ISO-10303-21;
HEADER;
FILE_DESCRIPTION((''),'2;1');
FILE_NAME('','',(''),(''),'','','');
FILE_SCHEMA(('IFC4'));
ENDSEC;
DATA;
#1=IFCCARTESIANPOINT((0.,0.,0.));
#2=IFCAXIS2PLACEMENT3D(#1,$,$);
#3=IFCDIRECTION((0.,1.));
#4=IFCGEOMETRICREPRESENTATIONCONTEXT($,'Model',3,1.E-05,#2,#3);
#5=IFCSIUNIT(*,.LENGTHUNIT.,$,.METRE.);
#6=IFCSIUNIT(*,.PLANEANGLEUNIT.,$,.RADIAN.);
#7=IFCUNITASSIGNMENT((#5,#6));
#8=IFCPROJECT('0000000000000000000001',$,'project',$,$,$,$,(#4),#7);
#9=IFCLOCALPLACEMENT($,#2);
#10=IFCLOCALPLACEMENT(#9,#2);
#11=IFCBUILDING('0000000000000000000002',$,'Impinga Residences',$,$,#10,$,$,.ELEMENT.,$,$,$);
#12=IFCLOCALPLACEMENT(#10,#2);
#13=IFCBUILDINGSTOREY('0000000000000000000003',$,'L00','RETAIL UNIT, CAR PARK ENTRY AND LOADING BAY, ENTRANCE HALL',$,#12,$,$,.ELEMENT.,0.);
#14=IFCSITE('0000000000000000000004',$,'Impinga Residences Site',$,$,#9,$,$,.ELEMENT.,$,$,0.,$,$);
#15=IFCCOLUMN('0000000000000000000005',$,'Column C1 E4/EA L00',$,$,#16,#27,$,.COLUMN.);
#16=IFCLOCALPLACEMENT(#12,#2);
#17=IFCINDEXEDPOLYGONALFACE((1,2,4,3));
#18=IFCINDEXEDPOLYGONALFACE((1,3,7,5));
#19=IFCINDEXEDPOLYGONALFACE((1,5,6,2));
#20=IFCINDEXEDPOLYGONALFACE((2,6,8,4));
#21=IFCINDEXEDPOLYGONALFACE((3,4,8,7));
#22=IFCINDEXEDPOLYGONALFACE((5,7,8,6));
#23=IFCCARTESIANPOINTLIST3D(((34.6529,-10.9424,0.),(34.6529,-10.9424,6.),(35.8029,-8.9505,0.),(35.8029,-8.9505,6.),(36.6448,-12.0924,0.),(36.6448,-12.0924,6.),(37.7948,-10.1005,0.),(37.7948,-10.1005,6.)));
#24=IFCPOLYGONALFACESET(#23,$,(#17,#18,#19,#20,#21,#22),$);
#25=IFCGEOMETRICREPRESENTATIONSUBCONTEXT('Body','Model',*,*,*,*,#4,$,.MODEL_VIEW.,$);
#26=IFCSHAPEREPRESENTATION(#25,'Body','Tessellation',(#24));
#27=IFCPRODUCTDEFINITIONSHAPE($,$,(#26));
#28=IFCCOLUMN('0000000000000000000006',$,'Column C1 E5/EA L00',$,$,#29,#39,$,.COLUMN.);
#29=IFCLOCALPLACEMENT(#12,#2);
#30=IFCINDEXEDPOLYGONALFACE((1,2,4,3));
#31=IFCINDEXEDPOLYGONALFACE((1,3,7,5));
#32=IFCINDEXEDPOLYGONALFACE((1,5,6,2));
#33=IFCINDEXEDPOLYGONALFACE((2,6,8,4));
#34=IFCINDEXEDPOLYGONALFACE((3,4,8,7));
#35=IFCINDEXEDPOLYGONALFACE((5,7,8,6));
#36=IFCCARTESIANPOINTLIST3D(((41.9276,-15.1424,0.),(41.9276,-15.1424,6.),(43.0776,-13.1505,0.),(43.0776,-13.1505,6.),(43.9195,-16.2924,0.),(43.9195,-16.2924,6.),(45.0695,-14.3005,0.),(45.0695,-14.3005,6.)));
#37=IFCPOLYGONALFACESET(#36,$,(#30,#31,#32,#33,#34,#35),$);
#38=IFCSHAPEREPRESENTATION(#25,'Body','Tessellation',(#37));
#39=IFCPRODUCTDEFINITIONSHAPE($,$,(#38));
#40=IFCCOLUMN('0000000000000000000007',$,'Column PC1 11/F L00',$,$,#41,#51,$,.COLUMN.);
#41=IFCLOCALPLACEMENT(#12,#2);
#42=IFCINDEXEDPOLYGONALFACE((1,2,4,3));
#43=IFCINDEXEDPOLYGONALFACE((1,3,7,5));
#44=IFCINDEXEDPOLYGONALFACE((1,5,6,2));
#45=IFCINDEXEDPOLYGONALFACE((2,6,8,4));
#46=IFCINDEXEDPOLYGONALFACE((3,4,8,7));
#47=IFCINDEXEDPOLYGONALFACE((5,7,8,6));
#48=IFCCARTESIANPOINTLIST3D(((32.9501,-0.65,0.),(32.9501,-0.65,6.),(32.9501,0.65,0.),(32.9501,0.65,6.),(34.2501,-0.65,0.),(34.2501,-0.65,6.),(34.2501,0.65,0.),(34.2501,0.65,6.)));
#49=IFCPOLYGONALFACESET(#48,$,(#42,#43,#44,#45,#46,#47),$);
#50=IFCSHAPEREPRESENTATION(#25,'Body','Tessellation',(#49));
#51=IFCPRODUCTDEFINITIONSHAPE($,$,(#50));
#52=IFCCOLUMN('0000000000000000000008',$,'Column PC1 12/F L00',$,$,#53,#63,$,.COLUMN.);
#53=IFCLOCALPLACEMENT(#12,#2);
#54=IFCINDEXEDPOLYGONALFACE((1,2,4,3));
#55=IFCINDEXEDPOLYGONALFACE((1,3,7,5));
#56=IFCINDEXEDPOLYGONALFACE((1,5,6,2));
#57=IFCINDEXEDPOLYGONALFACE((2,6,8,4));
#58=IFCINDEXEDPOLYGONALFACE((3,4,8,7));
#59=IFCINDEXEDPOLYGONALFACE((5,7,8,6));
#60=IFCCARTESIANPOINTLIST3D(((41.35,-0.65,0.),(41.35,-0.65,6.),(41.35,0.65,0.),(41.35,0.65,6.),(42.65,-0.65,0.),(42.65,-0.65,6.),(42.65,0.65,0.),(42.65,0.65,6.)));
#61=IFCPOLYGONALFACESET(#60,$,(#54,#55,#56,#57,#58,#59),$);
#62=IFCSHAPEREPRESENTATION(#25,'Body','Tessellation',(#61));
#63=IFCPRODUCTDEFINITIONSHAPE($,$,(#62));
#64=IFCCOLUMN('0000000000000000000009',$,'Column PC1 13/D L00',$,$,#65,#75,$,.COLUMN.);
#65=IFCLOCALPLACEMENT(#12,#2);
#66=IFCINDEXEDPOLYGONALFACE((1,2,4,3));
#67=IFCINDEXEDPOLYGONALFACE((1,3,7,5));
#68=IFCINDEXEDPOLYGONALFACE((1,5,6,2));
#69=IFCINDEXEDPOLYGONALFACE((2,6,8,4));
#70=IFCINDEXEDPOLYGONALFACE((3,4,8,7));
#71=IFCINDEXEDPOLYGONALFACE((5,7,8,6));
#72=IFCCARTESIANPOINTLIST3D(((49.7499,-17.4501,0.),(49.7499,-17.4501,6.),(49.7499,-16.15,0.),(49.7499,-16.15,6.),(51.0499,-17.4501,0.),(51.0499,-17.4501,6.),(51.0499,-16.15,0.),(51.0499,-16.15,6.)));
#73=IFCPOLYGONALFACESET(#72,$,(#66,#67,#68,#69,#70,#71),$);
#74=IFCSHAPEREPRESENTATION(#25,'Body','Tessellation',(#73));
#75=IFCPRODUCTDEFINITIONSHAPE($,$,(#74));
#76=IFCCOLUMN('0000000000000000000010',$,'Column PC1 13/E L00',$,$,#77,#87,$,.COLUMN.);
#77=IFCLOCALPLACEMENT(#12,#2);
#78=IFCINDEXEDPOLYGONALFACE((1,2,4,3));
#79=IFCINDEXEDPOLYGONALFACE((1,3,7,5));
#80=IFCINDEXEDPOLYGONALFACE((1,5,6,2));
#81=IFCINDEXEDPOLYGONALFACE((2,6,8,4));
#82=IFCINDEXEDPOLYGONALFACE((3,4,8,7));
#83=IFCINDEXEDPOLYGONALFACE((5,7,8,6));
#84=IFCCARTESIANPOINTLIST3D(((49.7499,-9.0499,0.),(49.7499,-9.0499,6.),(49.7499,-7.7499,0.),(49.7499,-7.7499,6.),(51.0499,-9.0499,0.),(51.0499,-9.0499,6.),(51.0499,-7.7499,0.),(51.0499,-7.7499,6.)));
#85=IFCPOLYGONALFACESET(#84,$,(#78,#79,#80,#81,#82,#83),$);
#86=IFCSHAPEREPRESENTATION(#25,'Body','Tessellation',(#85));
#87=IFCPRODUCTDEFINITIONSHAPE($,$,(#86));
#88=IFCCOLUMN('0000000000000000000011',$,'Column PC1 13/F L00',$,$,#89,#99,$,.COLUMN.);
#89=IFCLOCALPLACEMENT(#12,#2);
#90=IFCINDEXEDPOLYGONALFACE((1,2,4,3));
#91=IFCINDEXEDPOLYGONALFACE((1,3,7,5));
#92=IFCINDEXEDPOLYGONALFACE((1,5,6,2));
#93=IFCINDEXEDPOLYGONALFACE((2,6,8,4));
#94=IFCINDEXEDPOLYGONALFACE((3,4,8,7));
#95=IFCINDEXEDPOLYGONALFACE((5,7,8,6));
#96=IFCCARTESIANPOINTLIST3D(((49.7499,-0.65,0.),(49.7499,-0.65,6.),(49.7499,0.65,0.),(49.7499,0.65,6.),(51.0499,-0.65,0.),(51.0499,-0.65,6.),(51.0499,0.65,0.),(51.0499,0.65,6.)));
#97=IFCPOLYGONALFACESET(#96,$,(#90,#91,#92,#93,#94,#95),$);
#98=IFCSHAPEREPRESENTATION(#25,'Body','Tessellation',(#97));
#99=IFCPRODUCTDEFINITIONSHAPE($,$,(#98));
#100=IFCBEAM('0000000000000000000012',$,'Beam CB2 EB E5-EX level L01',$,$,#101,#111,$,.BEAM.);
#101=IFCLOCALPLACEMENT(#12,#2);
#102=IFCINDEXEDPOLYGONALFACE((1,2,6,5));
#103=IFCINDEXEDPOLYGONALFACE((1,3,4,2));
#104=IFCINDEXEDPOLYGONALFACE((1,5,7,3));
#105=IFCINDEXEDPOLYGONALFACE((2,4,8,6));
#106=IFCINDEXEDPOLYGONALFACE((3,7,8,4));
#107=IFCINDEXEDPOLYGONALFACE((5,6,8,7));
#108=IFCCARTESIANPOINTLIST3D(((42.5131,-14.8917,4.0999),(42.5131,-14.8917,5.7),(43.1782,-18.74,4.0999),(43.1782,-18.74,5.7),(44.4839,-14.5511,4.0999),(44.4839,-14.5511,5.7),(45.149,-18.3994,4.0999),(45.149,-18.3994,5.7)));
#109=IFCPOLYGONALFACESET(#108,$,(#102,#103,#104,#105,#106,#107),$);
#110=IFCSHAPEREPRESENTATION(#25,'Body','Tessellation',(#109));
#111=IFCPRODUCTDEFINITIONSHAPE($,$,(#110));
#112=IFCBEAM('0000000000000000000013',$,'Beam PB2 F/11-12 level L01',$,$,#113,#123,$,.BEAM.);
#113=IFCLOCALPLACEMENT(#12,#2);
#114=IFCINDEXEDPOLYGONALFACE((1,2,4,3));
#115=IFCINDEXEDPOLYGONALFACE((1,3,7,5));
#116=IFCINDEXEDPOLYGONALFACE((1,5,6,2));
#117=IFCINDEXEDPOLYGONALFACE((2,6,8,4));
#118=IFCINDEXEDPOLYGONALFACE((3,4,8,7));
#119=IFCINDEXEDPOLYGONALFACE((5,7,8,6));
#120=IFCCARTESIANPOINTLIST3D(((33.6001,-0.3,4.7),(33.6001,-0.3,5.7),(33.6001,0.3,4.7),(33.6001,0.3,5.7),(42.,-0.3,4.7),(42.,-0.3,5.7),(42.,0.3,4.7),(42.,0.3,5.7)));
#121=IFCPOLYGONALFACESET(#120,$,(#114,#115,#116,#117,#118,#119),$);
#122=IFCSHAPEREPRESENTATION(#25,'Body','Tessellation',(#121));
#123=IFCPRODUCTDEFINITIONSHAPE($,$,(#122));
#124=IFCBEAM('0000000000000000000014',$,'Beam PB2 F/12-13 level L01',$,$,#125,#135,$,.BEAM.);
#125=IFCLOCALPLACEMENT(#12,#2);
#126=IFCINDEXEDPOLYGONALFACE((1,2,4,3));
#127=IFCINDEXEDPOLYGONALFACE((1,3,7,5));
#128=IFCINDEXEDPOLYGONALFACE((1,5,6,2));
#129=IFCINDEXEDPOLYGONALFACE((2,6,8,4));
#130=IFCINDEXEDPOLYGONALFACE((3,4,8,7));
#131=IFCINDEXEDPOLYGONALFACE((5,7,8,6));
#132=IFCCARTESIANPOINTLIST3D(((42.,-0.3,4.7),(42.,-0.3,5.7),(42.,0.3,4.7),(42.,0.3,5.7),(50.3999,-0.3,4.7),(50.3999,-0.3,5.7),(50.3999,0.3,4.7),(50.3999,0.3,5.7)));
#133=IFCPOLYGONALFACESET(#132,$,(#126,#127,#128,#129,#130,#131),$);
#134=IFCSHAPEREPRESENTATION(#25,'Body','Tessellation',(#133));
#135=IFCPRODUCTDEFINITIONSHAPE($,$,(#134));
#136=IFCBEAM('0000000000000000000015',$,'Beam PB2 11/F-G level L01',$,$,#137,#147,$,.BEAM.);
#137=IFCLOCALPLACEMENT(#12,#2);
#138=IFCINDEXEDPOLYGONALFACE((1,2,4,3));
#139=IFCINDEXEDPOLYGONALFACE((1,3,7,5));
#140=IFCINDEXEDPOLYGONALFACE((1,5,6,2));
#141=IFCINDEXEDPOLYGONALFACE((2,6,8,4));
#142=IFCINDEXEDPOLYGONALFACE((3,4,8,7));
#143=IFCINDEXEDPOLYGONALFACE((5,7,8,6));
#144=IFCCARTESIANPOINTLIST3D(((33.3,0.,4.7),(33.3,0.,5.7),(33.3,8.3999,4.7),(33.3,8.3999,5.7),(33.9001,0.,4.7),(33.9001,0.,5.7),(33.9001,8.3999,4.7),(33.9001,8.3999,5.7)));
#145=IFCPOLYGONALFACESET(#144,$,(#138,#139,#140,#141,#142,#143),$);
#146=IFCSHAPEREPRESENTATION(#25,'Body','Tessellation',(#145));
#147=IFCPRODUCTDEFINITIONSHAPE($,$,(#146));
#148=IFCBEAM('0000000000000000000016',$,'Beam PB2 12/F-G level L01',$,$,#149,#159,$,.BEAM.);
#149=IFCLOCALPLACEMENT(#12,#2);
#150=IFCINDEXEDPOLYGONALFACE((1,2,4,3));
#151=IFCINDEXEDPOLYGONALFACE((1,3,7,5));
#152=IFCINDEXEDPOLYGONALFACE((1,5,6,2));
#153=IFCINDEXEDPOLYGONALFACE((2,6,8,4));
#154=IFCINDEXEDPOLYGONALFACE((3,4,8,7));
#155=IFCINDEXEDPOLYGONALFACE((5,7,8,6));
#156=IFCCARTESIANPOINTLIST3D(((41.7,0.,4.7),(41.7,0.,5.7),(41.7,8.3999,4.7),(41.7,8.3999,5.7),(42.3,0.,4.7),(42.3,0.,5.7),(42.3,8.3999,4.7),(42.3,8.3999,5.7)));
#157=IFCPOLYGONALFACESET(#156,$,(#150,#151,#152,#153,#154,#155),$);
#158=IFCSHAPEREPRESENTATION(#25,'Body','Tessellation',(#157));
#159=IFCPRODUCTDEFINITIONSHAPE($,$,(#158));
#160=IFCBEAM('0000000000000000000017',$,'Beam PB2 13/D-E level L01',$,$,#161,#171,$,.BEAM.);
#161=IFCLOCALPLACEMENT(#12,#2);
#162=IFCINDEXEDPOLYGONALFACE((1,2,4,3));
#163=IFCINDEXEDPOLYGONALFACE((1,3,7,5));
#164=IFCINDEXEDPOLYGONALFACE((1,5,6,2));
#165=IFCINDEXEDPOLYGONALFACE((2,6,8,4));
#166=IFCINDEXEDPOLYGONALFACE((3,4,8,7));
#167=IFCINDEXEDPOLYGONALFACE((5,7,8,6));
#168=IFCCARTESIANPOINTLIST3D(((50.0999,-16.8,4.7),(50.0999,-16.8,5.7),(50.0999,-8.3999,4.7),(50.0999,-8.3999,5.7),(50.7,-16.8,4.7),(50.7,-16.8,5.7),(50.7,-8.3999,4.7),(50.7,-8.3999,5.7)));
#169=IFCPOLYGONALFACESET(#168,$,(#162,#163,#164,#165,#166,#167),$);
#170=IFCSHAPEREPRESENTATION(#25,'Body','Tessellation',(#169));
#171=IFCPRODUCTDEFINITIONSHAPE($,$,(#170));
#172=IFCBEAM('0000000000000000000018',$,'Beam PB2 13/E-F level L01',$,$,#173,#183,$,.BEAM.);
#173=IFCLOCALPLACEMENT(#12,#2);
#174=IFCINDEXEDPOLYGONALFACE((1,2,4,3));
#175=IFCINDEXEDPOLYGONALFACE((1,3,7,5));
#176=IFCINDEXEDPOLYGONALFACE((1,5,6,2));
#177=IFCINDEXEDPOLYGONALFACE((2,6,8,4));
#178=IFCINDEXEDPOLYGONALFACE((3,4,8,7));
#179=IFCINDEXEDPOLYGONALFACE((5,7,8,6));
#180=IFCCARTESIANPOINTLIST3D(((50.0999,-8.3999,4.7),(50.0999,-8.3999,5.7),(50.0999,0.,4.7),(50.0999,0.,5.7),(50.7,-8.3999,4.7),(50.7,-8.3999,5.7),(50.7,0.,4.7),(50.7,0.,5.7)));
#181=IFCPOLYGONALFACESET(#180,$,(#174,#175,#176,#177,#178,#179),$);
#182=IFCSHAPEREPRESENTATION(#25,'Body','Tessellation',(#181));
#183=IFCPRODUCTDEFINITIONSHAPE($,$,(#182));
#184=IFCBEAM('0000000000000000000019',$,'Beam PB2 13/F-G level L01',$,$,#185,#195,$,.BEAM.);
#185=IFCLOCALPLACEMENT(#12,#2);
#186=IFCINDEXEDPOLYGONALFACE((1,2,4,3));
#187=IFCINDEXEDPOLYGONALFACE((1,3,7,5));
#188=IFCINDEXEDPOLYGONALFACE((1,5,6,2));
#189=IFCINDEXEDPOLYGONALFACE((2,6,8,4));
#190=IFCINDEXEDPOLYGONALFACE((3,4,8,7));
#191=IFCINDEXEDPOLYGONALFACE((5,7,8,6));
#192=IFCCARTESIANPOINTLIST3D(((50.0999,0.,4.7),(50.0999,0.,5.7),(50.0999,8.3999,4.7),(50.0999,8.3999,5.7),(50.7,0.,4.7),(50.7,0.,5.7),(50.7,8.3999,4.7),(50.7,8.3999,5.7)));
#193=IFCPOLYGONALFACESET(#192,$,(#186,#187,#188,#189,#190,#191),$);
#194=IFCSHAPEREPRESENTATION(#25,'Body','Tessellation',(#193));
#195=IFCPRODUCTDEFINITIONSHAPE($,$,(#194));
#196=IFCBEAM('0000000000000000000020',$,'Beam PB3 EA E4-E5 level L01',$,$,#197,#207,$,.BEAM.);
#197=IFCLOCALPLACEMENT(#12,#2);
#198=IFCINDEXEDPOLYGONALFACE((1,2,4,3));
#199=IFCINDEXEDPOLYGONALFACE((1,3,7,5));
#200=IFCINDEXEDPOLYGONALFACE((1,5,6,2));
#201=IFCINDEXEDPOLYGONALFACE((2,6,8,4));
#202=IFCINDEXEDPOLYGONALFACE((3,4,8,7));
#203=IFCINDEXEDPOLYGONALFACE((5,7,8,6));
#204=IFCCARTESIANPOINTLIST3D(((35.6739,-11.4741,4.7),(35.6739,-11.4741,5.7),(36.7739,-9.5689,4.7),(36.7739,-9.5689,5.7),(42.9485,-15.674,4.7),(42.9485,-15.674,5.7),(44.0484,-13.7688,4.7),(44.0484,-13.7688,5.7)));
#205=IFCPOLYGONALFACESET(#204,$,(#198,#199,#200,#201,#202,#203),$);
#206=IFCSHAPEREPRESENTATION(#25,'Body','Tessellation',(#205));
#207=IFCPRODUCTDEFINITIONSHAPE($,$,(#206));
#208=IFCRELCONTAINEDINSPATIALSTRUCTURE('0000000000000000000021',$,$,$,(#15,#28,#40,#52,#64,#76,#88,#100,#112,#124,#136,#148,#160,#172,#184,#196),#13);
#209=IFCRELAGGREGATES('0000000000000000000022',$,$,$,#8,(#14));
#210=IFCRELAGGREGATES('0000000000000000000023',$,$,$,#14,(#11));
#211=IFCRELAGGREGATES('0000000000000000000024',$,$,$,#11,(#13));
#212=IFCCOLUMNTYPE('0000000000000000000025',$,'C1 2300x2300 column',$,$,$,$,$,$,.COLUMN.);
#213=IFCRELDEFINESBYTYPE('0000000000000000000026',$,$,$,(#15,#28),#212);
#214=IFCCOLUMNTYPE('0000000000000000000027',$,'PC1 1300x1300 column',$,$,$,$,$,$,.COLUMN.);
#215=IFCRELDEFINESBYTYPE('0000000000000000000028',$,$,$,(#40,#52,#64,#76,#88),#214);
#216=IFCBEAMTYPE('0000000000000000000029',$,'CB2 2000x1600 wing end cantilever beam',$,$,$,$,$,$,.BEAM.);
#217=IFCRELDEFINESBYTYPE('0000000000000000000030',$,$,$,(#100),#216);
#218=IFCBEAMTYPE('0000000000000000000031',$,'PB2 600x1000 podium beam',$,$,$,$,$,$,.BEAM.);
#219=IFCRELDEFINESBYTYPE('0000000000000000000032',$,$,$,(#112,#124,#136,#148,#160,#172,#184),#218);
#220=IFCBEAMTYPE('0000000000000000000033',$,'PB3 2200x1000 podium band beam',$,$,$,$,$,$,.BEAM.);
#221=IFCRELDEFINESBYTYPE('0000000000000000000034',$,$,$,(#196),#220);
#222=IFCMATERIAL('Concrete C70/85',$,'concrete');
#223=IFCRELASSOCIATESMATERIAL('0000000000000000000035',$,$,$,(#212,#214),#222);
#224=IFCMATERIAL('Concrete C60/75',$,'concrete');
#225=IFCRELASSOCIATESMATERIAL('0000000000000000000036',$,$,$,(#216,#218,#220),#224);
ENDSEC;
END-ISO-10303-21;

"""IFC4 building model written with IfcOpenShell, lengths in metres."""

from ifc_helpers import new_model, si_unit, direction, frame, origin, origin_2d, place, context, subcontext, project, spatial, rectangle, extrude, material, material_profile, profile_set, type_object, element, save


model = new_model("IFC4")

# Units and contexts
model_context = context("Model", 3, precision=1e-05, world=origin(), true_north=direction((0.0, 1.0)))
body_context = subcontext(model_context, "Body", "Model", "MODEL_VIEW")
ifc_project = project(units=[si_unit("LENGTHUNIT", "METRE"), si_unit("PLANEANGLEUNIT", "RADIAN")], contexts=[model_context])

# Site, building, storey
site_placement = place(None, origin())
site = spatial("IfcSite", under=ifc_project, at=site_placement, Name="Impinga Residences Site", CompositionType="ELEMENT", RefElevation=0.0)
building_placement = place(site_placement, origin())
building = spatial("IfcBuilding", under=site, at=building_placement, Name="Impinga Residences", CompositionType="ELEMENT")
storey_placement = place(building_placement, origin())
storey = spatial("IfcBuildingStorey", under=building, at=storey_placement, Name="L00", Description="RETAIL UNIT, CAR PARK ENTRY AND LOADING BAY, ENTRANCE HALL", CompositionType="ELEMENT", Elevation=0.0)

# Columns
ifc_material_1 = material(Name="Concrete C70/85", Category="concrete")
ifc_material_profile_1 = material_profile(ifc_material_1, rectangle(XDim=2.3, YDim=2.3, at=origin_2d()), Name="RC 2300x2300")
ifc_profile_set_1 = profile_set([ifc_material_profile_1], Name="Concrete C70/85")
column_type_1 = type_object("IfcColumnType", Name="C1 2300x2300 column", PredefinedType="COLUMN", material=ifc_profile_set_1)
for number, where, z_axis, x_axis, name in (
    (1, (36.2239, -10.5215, 0.0), (0.0, 0.0, 1.0), (-0.5, -0.866025, 0.0), "Column C1 E4/EA L00"),
    (2, (43.4985, -14.7214, 0.0), (0.0, 0.0, 1.0), (-0.5, -0.866025, 0.0), "Column C1 E5/EA L00"),
):
    element("IfcColumn", number, at=place(storey_placement, frame(where, z_axis=z_axis, x_axis=x_axis)), inside=storey, type_object=column_type_1, Name=name, PredefinedType="COLUMN", context=body_context, shape_type="SweptSolid", body=[
        extrude(rectangle(XDim=2.3, YDim=2.3, at=origin_2d()), origin(), (0.0, 0.0, 1.0), 6.0),
    ])
ifc_material_profile_2 = material_profile(ifc_material_1, rectangle(XDim=1.3, YDim=1.3, at=origin_2d()), Name="RC 1300x1300")
ifc_profile_set_2 = profile_set([ifc_material_profile_2], Name="Concrete C70/85")
column_type_2 = type_object("IfcColumnType", Name="PC1 1300x1300 column", PredefinedType="COLUMN", material=ifc_profile_set_2)
for number, where, z_axis, x_axis, name in (
    (3, (33.6001, 0.0, 0.0), (0.0, 0.0, 1.0), (1.0, 0.0, 0.0), "Column PC1 11/F L00"),
    (4, (42.0, 0.0, 0.0), (0.0, 0.0, 1.0), (1.0, 0.0, 0.0), "Column PC1 12/F L00"),
    (5, (50.3999, -16.8, 0.0), (0.0, 0.0, 1.0), (1.0, 0.0, 0.0), "Column PC1 13/D L00"),
    (6, (50.3999, -8.3999, 0.0), (0.0, 0.0, 1.0), (1.0, 0.0, 0.0), "Column PC1 13/E L00"),
    (7, (50.3999, 0.0, 0.0), (0.0, 0.0, 1.0), (1.0, 0.0, 0.0), "Column PC1 13/F L00"),
):
    element("IfcColumn", number, at=place(storey_placement, frame(where, z_axis=z_axis, x_axis=x_axis)), inside=storey, type_object=column_type_2, Name=name, PredefinedType="COLUMN", context=body_context, shape_type="SweptSolid", body=[
        extrude(rectangle(XDim=1.3, YDim=1.3, at=origin_2d()), origin(), (0.0, 0.0, 1.0), 6.0),
    ])

# Beams
ifc_material_2 = material(Name="Concrete C60/75", Category="concrete")
ifc_material_profile_3 = material_profile(ifc_material_2, rectangle(XDim=2.0, YDim=1.6001, at=origin_2d()), Name="RC 2000x1600")
ifc_profile_set_3 = profile_set([ifc_material_profile_3], Name="Concrete C60/75")
beam_type_1 = type_object("IfcBeamType", Name="CB2 2000x1600 wing end cantilever beam", PredefinedType="BEAM", material=ifc_profile_set_3)
beam_1_placement = place(storey_placement, frame((43.4985, -14.7214, 4.8999), z_axis=(0.170296, -0.985393, 0.0), x_axis=(0.985393, 0.170296, 0.0)))
element("IfcBeam", 8, at=beam_1_placement, inside=storey, type_object=beam_type_1, Name="Beam CB2 EB E5-EX level L01", PredefinedType="BEAM", context=body_context, shape_type="SweptSolid", body=[
    extrude(rectangle(XDim=2.0, YDim=1.6001, at=origin_2d()), origin(), (0.0, 0.0, 1.0), 3.9053),
])
ifc_material_profile_4 = material_profile(ifc_material_2, rectangle(XDim=0.6001, YDim=1.0, at=origin_2d()), Name="RC 600x1000")
ifc_profile_set_4 = profile_set([ifc_material_profile_4], Name="Concrete C60/75")
beam_type_2 = type_object("IfcBeamType", Name="PB2 600x1000 podium beam", PredefinedType="BEAM", material=ifc_profile_set_4)
for number, where, z_axis, x_axis, name in (
    (9, (33.6001, 0.0, 5.2), (1.0, 0.0, 0.0), (0.0, 1.0, 0.0), "Beam PB2 F/11-12 level L01"),
    (10, (42.0, 0.0, 5.2), (1.0, 0.0, 0.0), (0.0, 1.0, 0.0), "Beam PB2 F/12-13 level L01"),
    (11, (33.6001, 0.0, 5.2), (0.0, 1.0, 0.0), (-1.0, 0.0, 0.0), "Beam PB2 11/F-G level L01"),
    (12, (42.0, 0.0, 5.2), (0.0, 1.0, 0.0), (-1.0, 0.0, 0.0), "Beam PB2 12/F-G level L01"),
):
    element("IfcBeam", number, at=place(storey_placement, frame(where, z_axis=z_axis, x_axis=x_axis)), inside=storey, type_object=beam_type_2, Name=name, PredefinedType="BEAM", context=body_context, shape_type="SweptSolid", body=[
        extrude(rectangle(XDim=0.6001, YDim=1.0, at=origin_2d()), origin(), (0.0, 0.0, 1.0), 8.3999),
    ])
beam_2_placement = place(storey_placement, frame((50.3999, -16.8, 5.2), z_axis=(0.0, 1.0, 0.0), x_axis=(-1.0, 0.0, 0.0)))
element("IfcBeam", 13, at=beam_2_placement, inside=storey, type_object=beam_type_2, Name="Beam PB2 13/D-E level L01", PredefinedType="BEAM", context=body_context, shape_type="SweptSolid", body=[
    extrude(rectangle(XDim=0.6001, YDim=1.0, at=origin_2d()), origin(), (0.0, 0.0, 1.0), 8.4001),
])
for number, where, z_axis, x_axis, name in (
    (14, (50.3999, -8.3999, 5.2), (0.0, 1.0, 0.0), (-1.0, 0.0, 0.0), "Beam PB2 13/E-F level L01"),
    (15, (50.3999, 0.0, 5.2), (0.0, 1.0, 0.0), (-1.0, 0.0, 0.0), "Beam PB2 13/F-G level L01"),
):
    element("IfcBeam", number, at=place(storey_placement, frame(where, z_axis=z_axis, x_axis=x_axis)), inside=storey, type_object=beam_type_2, Name=name, PredefinedType="BEAM", context=body_context, shape_type="SweptSolid", body=[
        extrude(rectangle(XDim=0.6001, YDim=1.0, at=origin_2d()), origin(), (0.0, 0.0, 1.0), 8.3999),
    ])
ifc_material_profile_5 = material_profile(ifc_material_2, rectangle(XDim=2.2, YDim=1.0, at=origin_2d()), Name="RC 2200x1000")
ifc_profile_set_5 = profile_set([ifc_material_profile_5], Name="Concrete C60/75")
beam_type_3 = type_object("IfcBeamType", Name="PB3 2200x1000 podium band beam", PredefinedType="BEAM", material=ifc_profile_set_5)
beam_3_placement = place(storey_placement, frame((36.2239, -10.5215, 5.2), z_axis=(0.866029, -0.499993, 0.0), x_axis=(0.499993, 0.866029, 0.0)))
element("IfcBeam", 16, at=beam_3_placement, inside=storey, type_object=beam_type_3, Name="Beam PB3 EA E4-E5 level L01", PredefinedType="BEAM", context=body_context, shape_type="SweptSolid", body=[
    extrude(rectangle(XDim=2.2, YDim=1.0, at=origin_2d()), origin(), (0.0, 0.0, 1.0), 8.3999),
])

save(model, "model.ifc")
